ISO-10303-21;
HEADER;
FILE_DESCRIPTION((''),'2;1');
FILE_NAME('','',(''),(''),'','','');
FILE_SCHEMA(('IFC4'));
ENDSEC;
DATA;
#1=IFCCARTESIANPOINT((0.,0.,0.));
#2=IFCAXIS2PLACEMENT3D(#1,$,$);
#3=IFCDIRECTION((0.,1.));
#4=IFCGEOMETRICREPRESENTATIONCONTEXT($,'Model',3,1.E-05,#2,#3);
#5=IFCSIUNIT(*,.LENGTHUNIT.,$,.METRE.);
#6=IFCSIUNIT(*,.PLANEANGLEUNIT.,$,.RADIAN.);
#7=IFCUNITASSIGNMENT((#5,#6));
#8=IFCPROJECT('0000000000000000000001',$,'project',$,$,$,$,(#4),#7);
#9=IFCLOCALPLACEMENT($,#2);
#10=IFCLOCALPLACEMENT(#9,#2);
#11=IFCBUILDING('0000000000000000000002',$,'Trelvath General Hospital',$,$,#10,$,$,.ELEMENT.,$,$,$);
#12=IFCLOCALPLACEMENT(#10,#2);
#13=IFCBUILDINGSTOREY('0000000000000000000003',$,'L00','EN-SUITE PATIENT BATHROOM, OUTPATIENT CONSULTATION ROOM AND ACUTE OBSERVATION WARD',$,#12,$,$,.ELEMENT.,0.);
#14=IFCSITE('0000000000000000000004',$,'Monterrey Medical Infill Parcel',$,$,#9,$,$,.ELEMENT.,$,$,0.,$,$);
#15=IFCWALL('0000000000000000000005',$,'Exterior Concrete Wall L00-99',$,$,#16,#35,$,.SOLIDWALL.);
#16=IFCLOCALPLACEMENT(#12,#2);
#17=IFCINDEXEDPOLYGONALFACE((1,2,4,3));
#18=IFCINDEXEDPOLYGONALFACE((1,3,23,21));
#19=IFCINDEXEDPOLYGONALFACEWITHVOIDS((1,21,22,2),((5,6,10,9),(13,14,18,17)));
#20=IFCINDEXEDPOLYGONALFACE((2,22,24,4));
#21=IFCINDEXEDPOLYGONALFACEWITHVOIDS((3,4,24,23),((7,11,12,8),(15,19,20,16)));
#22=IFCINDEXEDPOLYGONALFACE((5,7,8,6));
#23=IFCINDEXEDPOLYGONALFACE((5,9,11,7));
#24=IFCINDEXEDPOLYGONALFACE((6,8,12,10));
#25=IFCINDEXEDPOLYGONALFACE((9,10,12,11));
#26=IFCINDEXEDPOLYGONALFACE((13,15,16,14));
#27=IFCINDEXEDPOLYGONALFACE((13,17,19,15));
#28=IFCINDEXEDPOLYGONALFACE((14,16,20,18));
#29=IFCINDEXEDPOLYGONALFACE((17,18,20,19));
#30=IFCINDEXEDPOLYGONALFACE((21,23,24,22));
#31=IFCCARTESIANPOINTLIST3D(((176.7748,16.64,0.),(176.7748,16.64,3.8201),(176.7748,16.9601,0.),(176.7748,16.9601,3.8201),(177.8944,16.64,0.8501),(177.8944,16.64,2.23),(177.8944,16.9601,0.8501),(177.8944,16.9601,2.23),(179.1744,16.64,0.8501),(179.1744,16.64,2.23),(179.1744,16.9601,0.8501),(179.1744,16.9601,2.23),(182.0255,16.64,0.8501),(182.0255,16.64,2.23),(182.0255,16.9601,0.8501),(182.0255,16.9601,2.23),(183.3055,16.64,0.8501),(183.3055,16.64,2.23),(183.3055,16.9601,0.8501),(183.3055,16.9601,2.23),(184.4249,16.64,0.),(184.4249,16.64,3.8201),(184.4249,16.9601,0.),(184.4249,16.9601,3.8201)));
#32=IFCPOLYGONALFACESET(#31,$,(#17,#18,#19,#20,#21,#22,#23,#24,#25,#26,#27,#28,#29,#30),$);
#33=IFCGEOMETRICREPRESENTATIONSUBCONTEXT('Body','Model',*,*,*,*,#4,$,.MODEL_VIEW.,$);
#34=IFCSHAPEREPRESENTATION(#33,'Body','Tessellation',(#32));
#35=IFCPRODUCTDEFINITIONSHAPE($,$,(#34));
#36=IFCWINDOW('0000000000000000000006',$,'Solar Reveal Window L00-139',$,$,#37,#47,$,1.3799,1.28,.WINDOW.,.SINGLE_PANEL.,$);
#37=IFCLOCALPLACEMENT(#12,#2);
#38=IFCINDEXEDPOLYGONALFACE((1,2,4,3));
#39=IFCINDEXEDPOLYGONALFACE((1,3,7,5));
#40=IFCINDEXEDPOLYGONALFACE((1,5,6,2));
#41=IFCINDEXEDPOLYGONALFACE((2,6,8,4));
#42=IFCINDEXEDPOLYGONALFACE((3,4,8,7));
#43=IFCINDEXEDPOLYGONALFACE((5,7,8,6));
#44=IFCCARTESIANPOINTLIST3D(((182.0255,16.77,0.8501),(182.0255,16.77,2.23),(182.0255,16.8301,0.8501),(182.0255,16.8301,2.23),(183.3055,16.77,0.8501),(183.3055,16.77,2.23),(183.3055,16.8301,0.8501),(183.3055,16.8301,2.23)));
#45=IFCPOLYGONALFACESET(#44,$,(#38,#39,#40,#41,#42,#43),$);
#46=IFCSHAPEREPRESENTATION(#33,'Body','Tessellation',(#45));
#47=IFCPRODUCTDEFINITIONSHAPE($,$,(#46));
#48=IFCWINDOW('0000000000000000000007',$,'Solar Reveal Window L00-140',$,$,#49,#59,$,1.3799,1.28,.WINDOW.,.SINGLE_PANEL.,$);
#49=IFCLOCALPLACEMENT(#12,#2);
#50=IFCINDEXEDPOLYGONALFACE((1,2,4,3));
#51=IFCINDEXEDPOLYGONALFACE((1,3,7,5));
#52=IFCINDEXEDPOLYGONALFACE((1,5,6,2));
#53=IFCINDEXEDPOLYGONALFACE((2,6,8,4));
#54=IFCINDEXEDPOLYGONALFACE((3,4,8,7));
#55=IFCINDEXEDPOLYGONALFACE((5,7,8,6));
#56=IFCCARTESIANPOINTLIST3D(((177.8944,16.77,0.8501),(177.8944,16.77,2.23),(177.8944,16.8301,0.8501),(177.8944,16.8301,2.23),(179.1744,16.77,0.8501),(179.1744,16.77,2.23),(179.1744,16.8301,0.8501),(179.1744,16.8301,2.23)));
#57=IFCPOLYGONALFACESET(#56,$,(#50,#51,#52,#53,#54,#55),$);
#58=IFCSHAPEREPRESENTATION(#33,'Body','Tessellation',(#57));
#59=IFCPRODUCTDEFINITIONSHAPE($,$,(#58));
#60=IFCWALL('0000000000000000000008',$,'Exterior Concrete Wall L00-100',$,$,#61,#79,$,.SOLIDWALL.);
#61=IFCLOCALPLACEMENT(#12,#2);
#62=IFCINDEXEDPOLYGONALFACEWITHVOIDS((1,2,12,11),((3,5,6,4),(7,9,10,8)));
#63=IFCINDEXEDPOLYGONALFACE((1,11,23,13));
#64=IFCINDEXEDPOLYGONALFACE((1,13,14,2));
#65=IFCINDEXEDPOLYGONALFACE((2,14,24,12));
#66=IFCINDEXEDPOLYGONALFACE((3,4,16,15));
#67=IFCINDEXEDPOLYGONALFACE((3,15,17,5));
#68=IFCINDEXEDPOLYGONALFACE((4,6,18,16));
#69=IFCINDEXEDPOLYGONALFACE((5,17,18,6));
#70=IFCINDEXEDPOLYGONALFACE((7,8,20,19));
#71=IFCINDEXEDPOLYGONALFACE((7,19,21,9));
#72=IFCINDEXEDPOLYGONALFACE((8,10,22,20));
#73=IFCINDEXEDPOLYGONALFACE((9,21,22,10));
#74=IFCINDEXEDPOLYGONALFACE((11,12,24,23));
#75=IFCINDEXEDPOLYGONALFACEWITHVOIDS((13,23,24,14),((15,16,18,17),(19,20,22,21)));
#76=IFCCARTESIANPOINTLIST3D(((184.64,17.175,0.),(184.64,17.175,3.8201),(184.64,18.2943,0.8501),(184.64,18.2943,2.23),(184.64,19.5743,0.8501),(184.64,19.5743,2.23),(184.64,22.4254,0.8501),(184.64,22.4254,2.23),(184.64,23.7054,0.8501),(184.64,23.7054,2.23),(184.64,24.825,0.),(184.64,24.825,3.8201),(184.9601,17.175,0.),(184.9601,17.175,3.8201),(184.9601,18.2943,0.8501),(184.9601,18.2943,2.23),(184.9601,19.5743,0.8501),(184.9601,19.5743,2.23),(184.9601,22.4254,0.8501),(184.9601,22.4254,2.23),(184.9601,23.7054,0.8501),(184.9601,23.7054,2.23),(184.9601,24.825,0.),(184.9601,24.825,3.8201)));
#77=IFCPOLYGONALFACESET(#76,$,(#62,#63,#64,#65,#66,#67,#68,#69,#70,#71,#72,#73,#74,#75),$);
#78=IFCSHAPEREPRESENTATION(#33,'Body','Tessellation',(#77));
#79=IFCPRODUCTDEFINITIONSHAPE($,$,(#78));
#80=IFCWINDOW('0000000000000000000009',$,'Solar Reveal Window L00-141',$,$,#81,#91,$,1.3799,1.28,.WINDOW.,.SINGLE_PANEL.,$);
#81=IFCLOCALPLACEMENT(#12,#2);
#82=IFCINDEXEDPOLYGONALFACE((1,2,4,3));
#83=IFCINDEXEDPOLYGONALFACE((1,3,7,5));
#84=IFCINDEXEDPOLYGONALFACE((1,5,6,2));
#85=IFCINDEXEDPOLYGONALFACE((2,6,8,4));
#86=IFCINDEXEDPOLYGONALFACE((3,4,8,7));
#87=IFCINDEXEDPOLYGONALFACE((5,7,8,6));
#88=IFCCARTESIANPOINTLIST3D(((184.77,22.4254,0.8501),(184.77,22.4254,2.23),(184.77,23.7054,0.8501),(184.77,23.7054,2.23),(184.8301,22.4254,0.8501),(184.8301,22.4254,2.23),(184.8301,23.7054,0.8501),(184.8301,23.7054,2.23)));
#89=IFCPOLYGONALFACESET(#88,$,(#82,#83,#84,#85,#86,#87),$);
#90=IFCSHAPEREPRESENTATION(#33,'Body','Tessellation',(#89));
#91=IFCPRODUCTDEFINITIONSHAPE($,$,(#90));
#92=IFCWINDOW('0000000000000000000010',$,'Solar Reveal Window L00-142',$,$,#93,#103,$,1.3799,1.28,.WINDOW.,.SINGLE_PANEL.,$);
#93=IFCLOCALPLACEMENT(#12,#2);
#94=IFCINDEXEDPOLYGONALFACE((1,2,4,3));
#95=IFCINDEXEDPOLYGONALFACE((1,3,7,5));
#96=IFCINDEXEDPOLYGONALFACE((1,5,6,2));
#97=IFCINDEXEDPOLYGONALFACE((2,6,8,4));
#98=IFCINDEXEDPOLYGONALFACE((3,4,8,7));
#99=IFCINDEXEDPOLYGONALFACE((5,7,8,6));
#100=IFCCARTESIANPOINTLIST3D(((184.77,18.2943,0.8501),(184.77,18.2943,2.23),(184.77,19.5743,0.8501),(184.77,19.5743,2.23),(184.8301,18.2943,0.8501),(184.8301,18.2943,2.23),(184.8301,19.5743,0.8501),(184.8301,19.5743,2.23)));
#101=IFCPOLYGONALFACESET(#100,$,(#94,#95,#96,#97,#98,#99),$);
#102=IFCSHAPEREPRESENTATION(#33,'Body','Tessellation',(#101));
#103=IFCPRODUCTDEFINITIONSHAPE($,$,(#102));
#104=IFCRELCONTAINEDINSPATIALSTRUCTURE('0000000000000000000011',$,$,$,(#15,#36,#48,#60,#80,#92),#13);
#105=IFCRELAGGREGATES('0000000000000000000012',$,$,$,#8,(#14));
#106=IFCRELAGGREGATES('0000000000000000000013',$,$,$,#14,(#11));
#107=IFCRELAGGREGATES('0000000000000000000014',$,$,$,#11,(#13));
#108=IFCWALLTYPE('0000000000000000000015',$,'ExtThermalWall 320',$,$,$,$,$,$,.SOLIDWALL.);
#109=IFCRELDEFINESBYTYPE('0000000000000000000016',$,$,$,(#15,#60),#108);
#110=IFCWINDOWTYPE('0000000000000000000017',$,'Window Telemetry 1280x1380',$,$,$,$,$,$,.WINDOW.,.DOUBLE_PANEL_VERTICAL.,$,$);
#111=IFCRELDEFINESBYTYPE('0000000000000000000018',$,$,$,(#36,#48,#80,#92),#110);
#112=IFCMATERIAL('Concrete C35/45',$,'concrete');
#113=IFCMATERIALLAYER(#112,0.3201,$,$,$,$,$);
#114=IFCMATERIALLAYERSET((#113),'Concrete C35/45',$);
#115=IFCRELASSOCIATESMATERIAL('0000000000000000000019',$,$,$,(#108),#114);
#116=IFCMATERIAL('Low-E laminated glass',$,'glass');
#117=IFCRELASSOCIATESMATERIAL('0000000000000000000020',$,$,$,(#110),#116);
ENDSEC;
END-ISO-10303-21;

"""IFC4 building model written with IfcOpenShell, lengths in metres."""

from ifc_helpers import new_model, si_unit, direction, frame, frame_2d, origin, place, context, subcontext, project, spatial, rectangle, extrude, material, layer, layer_set, type_object, element, fill, save


model = new_model("IFC4")

# Units and contexts
model_context = context("Model", 3, precision=1e-05, world=origin(), true_north=direction((0.0, 1.0)))
body_context = subcontext(model_context, "Body", "Model", "MODEL_VIEW")
ifc_project = project(units=[si_unit("LENGTHUNIT", "METRE"), si_unit("PLANEANGLEUNIT", "RADIAN")], contexts=[model_context])

# Site, building, storey
site_placement = place(None, origin())
site = spatial("IfcSite", under=ifc_project, at=site_placement, Name="Monterrey Medical Infill Parcel", CompositionType="ELEMENT", RefElevation=0.0)
building_placement = place(site_placement, origin())
building = spatial("IfcBuilding", under=site, at=building_placement, Name="Trelvath General Hospital", CompositionType="ELEMENT")
storey_placement = place(building_placement, origin())
storey = spatial("IfcBuildingStorey", under=building, at=storey_placement, Name="L00", Description="EN-SUITE PATIENT BATHROOM, OUTPATIENT CONSULTATION ROOM AND ACUTE OBSERVATION WARD", CompositionType="ELEMENT", Elevation=0.0)

# Walls, openings, windows
ifc_material_1 = material(Name="Concrete C35/45", Category="concrete")
ifc_layer_1 = layer(ifc_material_1, 0.3201)
ifc_layer_set_1 = layer_set([ifc_layer_1], Name="Concrete C35/45")
wall_type_1 = type_object("IfcWallType", Name="ExtThermalWall 320", PredefinedType="SOLIDWALL", material=ifc_layer_set_1)
wall_1_placement = place(storey_placement, frame((184.425, 16.8, 0.0), z_axis=(0.0, 0.0, 1.0), x_axis=(-1.0, 0.0, 0.0)))
wall_1 = element("IfcWall", 1, at=wall_1_placement, inside=storey, type_object=wall_type_1, Name="Exterior Concrete Wall L00-99", PredefinedType="SOLIDWALL", context=body_context, shape_type="SweptSolid", body=[
    extrude(rectangle(XDim=7.6501, YDim=0.3201, at=frame_2d((3.8252, 0.0))), origin(), (0.0, 0.0, 1.0), 3.8201),
])
opening_1_placement = place(wall_1_placement, frame((1.1194, 0.0, 0.8501)))
opening_1 = element("IfcOpeningElement", 2, at=opening_1_placement, cuts=wall_1, PredefinedType="OPENING", context=body_context, shape_type="SweptSolid", body=[
    extrude(rectangle(XDim=1.28, YDim=1.3799, at=frame_2d((0.6401, 0.6899))), frame((0.0, 0.1699, 0.0), z_axis=(0.0, -1.0, 0.0), x_axis=(1.0, 0.0, 0.0)), (0.0, 0.0, 1.0), 0.3401),
])
opening_2_placement = place(wall_1_placement, frame((5.2505, 0.0, 0.8501)))
opening_2 = element("IfcOpeningElement", 3, at=opening_2_placement, cuts=wall_1, PredefinedType="OPENING", context=body_context, shape_type="SweptSolid", body=[
    extrude(rectangle(XDim=1.28, YDim=1.3799, at=frame_2d((0.6401, 0.6899))), frame((0.0, 0.1699, 0.0), z_axis=(0.0, -1.0, 0.0), x_axis=(1.0, 0.0, 0.0)), (0.0, 0.0, 1.0), 0.3401),
])
ifc_material_2 = material(Name="Low-E laminated glass", Category="glass")
window_type = type_object("IfcWindowType", Name="Window Telemetry 1280x1380", PartitioningType="DOUBLE_PANEL_VERTICAL", PredefinedType="WINDOW", material=ifc_material_2)
window_1_placement = place(opening_1_placement, origin())
window_1 = element("IfcWindow", 4, at=window_1_placement, inside=storey, type_object=window_type, Name="Solar Reveal Window L00-139", OverallHeight=1.3799, OverallWidth=1.28, PartitioningType="SINGLE_PANEL", PredefinedType="WINDOW", context=body_context, shape_type="SweptSolid", body=[
    extrude(rectangle(XDim=1.28, YDim=1.3799, at=frame_2d((0.6401, 0.6899))), frame((0.0, 0.03, 0.0), z_axis=(0.0, -1.0, 0.0), x_axis=(1.0, 0.0, 0.0)), (0.0, 0.0, 1.0), 0.0601),
])
fill(opening_1, window_1)
window_2_placement = place(opening_2_placement, origin())
window_2 = element("IfcWindow", 5, at=window_2_placement, inside=storey, type_object=window_type, Name="Solar Reveal Window L00-140", OverallHeight=1.3799, OverallWidth=1.28, PartitioningType="SINGLE_PANEL", PredefinedType="WINDOW", context=body_context, shape_type="SweptSolid", body=[
    extrude(rectangle(XDim=1.28, YDim=1.3799, at=frame_2d((0.6401, 0.6899))), frame((0.0, 0.03, 0.0), z_axis=(0.0, -1.0, 0.0), x_axis=(1.0, 0.0, 0.0)), (0.0, 0.0, 1.0), 0.0601),
])
fill(opening_2, window_2)
wall_2_placement = place(storey_placement, frame((184.8, 24.825, 0.0), z_axis=(0.0, 0.0, 1.0), x_axis=(0.0, -1.0, 0.0)))
wall_2 = element("IfcWall", 6, at=wall_2_placement, inside=storey, type_object=wall_type_1, Name="Exterior Concrete Wall L00-100", PredefinedType="SOLIDWALL", context=body_context, shape_type="SweptSolid", body=[
    extrude(rectangle(XDim=7.6499, YDim=0.3201, at=frame_2d((3.825, 0.0))), origin(), (0.0, 0.0, 1.0), 3.8201),
])
opening_3_placement = place(wall_2_placement, frame((1.1194, 0.0, 0.8501)))
opening_3 = element("IfcOpeningElement", 7, at=opening_3_placement, cuts=wall_2, PredefinedType="OPENING", context=body_context, shape_type="SweptSolid", body=[
    extrude(rectangle(XDim=1.28, YDim=1.3799, at=frame_2d((0.6401, 0.6899))), frame((0.0, 0.1699, 0.0), z_axis=(0.0, -1.0, 0.0), x_axis=(1.0, 0.0, 0.0)), (0.0, 0.0, 1.0), 0.3401),
])
opening_4_placement = place(wall_2_placement, frame((5.2505, 0.0, 0.8501)))
opening_4 = element("IfcOpeningElement", 8, at=opening_4_placement, cuts=wall_2, PredefinedType="OPENING", context=body_context, shape_type="SweptSolid", body=[
    extrude(rectangle(XDim=1.28, YDim=1.3799, at=frame_2d((0.6401, 0.6899))), frame((0.0, 0.1699, 0.0), z_axis=(0.0, -1.0, 0.0), x_axis=(1.0, 0.0, 0.0)), (0.0, 0.0, 1.0), 0.3401),
])
window_3_placement = place(opening_3_placement, origin())
window_3 = element("IfcWindow", 9, at=window_3_placement, inside=storey, type_object=window_type, Name="Solar Reveal Window L00-141", OverallHeight=1.3799, OverallWidth=1.28, PartitioningType="SINGLE_PANEL", PredefinedType="WINDOW", context=body_context, shape_type="SweptSolid", body=[
    extrude(rectangle(XDim=1.28, YDim=1.3799, at=frame_2d((0.6401, 0.6899))), frame((0.0, 0.03, 0.0), z_axis=(0.0, -1.0, 0.0), x_axis=(1.0, 0.0, 0.0)), (0.0, 0.0, 1.0), 0.0601),
])
fill(opening_3, window_3)
window_4_placement = place(opening_4_placement, origin())
window_4 = element("IfcWindow", 10, at=window_4_placement, inside=storey, type_object=window_type, Name="Solar Reveal Window L00-142", OverallHeight=1.3799, OverallWidth=1.28, PartitioningType="SINGLE_PANEL", PredefinedType="WINDOW", context=body_context, shape_type="SweptSolid", body=[
    extrude(rectangle(XDim=1.28, YDim=1.3799, at=frame_2d((0.6401, 0.6899))), frame((0.0, 0.03, 0.0), z_axis=(0.0, -1.0, 0.0), x_axis=(1.0, 0.0, 0.0)), (0.0, 0.0, 1.0), 0.0601),
])
fill(opening_4, window_4)

save(model, "model.ifc")
